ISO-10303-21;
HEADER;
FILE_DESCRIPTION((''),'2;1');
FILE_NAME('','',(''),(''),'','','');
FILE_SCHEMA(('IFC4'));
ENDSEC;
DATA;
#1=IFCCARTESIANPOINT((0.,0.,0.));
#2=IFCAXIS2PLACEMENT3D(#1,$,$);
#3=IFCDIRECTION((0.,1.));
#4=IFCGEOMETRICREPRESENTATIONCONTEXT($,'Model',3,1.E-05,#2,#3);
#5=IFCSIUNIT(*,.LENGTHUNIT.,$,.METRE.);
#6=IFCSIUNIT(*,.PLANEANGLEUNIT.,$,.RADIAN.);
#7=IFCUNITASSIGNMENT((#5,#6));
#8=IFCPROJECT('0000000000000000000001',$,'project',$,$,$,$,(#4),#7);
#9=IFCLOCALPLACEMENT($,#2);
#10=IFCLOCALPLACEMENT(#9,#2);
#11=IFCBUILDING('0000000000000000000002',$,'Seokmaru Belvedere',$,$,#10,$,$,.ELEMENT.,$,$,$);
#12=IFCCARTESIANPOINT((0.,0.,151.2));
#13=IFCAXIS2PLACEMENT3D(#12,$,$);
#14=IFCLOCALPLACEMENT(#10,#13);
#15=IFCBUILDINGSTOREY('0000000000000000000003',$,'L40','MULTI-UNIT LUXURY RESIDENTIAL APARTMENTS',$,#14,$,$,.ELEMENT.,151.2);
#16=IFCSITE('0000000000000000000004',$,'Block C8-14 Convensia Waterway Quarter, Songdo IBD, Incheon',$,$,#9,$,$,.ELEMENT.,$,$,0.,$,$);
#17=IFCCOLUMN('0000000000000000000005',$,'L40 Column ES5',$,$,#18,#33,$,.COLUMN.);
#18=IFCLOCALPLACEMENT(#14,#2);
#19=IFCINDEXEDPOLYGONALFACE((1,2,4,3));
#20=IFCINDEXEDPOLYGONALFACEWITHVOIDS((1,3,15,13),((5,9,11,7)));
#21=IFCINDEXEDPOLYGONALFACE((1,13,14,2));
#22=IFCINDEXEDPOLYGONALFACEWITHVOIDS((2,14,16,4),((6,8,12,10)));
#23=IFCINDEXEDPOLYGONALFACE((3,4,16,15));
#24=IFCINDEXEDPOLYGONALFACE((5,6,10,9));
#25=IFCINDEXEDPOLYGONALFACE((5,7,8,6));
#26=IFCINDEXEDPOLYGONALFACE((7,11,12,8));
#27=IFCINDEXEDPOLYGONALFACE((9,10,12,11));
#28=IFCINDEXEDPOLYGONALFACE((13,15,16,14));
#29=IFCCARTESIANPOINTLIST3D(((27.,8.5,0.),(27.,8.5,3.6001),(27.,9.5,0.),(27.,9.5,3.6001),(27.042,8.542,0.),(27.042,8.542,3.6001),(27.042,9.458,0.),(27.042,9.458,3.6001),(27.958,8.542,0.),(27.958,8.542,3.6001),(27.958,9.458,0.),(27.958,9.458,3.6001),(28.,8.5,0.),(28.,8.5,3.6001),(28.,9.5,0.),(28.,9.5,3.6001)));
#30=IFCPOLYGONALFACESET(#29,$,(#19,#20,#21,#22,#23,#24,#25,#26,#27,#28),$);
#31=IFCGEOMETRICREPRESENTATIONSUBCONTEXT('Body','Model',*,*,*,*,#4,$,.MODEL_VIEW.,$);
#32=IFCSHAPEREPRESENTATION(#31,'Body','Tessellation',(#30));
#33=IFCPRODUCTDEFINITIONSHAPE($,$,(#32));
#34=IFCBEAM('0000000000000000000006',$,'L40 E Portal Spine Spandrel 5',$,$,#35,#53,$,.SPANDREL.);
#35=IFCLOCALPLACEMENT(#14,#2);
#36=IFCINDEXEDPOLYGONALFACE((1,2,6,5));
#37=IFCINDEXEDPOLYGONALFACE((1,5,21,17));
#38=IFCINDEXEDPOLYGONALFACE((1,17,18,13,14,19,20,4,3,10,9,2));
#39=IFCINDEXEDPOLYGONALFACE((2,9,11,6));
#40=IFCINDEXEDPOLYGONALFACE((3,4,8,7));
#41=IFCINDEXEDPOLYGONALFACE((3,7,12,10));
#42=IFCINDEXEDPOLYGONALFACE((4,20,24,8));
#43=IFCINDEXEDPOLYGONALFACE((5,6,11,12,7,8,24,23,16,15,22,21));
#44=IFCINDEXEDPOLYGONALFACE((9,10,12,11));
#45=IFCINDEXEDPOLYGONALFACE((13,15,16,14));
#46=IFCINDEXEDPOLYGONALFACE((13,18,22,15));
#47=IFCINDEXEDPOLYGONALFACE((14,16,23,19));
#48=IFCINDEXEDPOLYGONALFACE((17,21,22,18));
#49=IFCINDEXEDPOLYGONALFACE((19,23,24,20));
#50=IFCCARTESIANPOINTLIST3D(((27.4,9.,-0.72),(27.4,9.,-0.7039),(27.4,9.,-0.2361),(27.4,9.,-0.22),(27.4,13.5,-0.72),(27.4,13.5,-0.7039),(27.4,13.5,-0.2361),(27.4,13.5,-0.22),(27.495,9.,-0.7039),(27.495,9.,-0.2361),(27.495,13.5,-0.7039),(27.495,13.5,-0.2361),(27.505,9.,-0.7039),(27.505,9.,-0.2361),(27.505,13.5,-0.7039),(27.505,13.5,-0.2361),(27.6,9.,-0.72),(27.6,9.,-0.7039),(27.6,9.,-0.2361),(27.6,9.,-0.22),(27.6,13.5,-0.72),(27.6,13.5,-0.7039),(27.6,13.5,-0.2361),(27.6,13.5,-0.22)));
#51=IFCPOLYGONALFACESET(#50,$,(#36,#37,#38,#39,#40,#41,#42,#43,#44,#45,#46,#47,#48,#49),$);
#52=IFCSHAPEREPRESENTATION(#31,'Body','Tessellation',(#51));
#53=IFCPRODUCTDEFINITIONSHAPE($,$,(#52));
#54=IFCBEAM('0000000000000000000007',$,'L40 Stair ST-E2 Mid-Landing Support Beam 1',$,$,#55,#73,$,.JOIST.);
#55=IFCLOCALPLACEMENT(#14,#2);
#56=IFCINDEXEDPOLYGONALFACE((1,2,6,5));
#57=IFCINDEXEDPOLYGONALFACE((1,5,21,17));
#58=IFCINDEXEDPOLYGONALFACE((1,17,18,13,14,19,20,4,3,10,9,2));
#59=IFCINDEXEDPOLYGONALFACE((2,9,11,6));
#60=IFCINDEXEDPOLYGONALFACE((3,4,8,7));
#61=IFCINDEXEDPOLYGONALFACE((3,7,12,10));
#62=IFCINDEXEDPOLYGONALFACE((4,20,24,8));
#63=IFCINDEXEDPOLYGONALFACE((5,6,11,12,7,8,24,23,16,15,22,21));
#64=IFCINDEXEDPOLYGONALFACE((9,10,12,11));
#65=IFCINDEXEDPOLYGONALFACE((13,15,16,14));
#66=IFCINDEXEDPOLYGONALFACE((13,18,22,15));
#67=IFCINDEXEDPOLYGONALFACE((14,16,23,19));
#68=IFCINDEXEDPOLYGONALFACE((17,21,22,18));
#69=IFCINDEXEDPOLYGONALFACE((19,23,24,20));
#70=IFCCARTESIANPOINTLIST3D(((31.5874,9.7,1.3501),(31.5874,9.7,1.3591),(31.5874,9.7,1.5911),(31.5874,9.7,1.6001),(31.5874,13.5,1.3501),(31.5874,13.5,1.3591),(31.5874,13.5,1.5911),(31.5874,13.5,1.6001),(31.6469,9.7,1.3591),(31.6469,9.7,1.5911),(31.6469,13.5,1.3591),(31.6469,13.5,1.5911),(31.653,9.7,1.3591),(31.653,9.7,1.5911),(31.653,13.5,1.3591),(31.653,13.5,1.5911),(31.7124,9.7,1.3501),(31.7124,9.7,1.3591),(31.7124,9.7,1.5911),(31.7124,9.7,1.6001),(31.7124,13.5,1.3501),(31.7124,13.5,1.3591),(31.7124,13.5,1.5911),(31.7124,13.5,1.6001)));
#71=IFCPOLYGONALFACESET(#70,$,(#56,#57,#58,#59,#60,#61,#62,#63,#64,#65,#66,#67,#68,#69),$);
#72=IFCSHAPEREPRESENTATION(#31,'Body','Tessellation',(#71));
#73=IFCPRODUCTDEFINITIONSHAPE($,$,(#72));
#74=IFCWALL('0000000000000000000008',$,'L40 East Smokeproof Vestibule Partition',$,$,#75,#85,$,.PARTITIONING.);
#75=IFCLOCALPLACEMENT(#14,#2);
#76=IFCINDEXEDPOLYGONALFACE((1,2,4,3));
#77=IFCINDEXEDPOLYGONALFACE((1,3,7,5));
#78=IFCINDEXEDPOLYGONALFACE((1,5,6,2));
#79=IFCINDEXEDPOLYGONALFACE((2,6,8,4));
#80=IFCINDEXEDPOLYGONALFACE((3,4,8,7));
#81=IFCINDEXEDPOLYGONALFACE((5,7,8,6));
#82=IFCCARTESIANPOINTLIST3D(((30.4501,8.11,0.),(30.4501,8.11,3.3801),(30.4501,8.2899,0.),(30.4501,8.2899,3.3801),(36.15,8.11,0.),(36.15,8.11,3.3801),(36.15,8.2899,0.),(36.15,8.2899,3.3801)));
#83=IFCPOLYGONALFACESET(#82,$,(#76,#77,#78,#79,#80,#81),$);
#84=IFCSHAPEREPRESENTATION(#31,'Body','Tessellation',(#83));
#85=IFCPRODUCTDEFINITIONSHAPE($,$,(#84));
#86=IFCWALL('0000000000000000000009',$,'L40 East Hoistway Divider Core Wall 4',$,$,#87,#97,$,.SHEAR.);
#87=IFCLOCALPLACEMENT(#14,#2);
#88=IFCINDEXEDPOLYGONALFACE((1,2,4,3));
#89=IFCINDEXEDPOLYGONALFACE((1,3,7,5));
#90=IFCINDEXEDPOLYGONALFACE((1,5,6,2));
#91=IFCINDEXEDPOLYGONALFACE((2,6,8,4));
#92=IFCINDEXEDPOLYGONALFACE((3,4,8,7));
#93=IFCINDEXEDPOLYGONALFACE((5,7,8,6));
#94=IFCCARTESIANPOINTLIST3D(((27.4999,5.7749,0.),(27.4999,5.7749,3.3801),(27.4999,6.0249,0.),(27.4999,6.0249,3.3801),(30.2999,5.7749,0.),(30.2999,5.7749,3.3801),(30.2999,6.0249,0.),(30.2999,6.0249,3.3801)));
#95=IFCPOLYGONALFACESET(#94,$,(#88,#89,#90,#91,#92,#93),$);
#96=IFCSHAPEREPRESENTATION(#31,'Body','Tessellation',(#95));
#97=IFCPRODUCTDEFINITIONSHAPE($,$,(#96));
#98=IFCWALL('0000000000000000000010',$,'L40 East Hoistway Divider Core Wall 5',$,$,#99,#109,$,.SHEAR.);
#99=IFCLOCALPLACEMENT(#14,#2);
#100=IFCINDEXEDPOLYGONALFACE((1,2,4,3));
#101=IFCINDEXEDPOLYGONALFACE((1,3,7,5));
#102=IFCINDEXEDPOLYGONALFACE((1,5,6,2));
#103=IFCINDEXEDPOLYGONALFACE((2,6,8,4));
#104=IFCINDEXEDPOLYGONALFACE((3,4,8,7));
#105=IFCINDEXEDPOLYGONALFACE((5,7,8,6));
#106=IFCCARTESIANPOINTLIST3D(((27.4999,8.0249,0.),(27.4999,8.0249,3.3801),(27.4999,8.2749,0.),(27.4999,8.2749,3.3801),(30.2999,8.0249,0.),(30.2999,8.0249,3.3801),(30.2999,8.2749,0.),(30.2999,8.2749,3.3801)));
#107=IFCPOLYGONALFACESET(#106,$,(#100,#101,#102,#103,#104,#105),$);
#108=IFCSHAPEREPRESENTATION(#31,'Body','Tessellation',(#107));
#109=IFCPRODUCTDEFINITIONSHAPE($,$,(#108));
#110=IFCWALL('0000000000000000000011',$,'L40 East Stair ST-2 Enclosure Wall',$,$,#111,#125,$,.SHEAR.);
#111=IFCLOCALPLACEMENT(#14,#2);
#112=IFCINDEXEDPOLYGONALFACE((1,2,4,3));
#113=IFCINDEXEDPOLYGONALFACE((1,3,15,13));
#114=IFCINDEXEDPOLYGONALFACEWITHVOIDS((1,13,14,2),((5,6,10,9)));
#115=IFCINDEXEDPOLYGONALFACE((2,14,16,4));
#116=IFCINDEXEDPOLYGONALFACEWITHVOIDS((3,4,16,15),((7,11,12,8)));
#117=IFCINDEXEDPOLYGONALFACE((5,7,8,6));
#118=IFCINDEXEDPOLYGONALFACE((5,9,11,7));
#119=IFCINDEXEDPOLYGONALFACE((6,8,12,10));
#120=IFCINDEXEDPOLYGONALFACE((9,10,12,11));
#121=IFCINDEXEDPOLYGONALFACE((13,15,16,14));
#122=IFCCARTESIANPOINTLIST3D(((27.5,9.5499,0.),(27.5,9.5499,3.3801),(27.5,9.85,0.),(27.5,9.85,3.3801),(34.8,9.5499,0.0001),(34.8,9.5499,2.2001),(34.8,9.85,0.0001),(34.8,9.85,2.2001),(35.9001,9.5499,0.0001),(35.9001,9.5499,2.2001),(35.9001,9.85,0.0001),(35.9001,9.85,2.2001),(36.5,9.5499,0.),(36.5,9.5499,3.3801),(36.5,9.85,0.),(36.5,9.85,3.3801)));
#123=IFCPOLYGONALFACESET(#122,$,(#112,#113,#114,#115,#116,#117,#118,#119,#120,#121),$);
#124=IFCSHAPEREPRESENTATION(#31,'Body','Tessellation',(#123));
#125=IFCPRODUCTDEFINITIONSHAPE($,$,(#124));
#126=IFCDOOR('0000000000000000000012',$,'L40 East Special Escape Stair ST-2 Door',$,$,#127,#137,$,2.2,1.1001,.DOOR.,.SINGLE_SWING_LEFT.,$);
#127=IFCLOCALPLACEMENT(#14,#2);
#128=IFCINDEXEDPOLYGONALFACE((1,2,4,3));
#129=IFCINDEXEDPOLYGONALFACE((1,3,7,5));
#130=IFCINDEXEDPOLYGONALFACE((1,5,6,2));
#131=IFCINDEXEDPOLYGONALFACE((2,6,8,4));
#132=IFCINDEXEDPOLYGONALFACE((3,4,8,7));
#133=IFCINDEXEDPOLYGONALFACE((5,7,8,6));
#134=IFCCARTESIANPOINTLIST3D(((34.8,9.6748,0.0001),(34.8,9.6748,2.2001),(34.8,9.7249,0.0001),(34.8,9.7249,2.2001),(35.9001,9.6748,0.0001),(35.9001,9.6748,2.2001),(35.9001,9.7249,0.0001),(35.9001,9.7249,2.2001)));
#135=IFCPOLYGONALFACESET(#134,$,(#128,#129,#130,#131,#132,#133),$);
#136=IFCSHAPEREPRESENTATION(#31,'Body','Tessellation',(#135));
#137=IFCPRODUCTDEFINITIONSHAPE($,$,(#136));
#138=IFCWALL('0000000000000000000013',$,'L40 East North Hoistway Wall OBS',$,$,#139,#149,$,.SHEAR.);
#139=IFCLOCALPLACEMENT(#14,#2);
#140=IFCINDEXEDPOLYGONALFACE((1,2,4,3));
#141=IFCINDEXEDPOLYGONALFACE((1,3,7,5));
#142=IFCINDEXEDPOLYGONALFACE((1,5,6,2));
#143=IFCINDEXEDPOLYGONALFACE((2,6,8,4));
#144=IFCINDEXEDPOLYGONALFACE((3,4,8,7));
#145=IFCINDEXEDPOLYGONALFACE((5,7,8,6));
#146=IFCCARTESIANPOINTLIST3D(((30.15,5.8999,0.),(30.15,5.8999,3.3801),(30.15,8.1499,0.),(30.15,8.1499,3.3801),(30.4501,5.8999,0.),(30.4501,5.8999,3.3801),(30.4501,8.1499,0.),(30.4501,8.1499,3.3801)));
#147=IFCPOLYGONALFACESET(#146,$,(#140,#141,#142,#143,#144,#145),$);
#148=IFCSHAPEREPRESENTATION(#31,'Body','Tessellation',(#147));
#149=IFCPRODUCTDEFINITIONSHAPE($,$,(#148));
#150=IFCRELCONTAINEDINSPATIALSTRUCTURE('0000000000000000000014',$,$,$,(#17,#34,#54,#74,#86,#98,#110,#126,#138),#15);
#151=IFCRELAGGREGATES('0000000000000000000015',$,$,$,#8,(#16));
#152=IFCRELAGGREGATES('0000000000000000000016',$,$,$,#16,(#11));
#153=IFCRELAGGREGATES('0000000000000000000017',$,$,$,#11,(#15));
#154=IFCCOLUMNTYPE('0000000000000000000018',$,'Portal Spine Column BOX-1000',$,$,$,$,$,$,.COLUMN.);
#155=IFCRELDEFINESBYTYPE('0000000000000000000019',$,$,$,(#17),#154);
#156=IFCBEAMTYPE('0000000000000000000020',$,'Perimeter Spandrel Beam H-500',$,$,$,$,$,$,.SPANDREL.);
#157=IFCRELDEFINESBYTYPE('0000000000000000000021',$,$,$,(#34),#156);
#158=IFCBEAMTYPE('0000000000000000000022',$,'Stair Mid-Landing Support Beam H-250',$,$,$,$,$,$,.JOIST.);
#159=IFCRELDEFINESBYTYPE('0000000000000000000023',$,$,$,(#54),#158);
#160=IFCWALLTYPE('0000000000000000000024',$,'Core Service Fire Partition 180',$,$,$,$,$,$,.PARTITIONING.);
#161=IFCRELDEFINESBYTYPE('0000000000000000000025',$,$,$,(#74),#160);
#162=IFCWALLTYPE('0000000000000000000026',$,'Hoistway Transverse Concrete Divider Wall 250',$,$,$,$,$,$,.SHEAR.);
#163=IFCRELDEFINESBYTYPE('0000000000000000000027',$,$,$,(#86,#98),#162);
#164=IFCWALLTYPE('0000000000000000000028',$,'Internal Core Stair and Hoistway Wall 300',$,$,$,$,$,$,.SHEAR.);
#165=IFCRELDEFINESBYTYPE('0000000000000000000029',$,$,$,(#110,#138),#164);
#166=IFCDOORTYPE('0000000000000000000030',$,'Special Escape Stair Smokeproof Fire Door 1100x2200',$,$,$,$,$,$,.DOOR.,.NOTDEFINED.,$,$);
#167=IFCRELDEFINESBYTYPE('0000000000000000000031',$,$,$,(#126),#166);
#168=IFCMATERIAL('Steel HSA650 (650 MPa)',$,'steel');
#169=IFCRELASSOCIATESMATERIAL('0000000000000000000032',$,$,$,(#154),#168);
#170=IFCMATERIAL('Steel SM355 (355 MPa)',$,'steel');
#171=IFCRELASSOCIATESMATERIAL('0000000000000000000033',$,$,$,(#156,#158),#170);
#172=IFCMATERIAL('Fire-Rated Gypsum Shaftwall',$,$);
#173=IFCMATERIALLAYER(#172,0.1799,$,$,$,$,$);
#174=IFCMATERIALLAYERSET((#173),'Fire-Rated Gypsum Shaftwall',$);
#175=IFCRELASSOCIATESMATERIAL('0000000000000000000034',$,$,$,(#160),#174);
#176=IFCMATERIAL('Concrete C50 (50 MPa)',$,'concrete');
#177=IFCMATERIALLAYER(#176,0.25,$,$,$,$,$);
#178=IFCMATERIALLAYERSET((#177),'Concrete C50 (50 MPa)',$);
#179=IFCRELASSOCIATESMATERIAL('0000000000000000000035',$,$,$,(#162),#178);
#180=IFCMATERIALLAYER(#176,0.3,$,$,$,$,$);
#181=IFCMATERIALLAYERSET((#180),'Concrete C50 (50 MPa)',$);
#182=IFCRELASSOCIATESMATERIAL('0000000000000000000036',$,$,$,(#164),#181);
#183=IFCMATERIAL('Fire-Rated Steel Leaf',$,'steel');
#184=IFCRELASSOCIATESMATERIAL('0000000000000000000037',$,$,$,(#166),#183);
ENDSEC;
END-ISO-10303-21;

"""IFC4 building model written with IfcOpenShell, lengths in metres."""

from ifc_helpers import new_model, si_unit, direction, frame, frame_2d, origin, origin_2d, place, context, subcontext, project, spatial, rectangle, hollow_rectangle, i_section, extrude, source, transform, mapped, material, layer, layer_set, material_profile, profile_set, type_object, type_shapes, element, fill, save


model = new_model("IFC4")

# Units and contexts
model_context = context("Model", 3, precision=1e-05, world=origin(), true_north=direction((0.0, 1.0)))
body_context = subcontext(model_context, "Body", "Model", "MODEL_VIEW")
ifc_project = project(units=[si_unit("LENGTHUNIT", "METRE"), si_unit("PLANEANGLEUNIT", "RADIAN")], contexts=[model_context])

# Site, building, storey
site_placement = place(None, origin())
site = spatial("IfcSite", under=ifc_project, at=site_placement, Name="Block C8-14 Convensia Waterway Quarter, Songdo IBD, Incheon", CompositionType="ELEMENT", RefElevation=0.0)
building_placement = place(site_placement, origin())
building = spatial("IfcBuilding", under=site, at=building_placement, Name="Seokmaru Belvedere", CompositionType="ELEMENT")
storey_placement = place(building_placement, frame((0.0, 0.0, 151.2)))
storey = spatial("IfcBuildingStorey", under=building, at=storey_placement, Name="L40", Description="MULTI-UNIT LUXURY RESIDENTIAL APARTMENTS", CompositionType="ELEMENT", Elevation=151.2)

# Column
ifc_material_1 = material(Name="Steel HSA650 (650 MPa)", Category="steel")
ifc_material_profile_1 = material_profile(ifc_material_1, hollow_rectangle(XDim=1.0, YDim=1.0, WallThickness=0.042, at=origin_2d()), Name="BOX-1000x1000x42")
ifc_profile_set_1 = profile_set([ifc_material_profile_1], Name="Steel HSA650 (650 MPa)")
column_type = type_object("IfcColumnType", Name="Portal Spine Column BOX-1000", PredefinedType="COLUMN", material=ifc_profile_set_1)
shared_shape_1 = source(origin(), body_context, "Body", "SweptSolid", [
    extrude(hollow_rectangle(XDim=1.0, YDim=1.0, WallThickness=0.042, at=origin_2d()), origin(), (0.0, 0.0, 1.0), 3.6001),
])
type_shapes(column_type, [shared_shape_1])
column_placement = place(storey_placement, frame((27.5, 9.0, 0.0), z_axis=(0.0, 0.0, 1.0), x_axis=(1.0, 0.0, 0.0)))
element("IfcColumn", 1, at=column_placement, inside=storey, type_object=column_type, Name="L40 Column ES5", PredefinedType="COLUMN", context=body_context, shape_type="MappedRepresentation", body=[
    mapped(shared_shape_1, transform((0.0, 0.0, 0.0), scale=1.0)),
])

# Beams
ifc_material_2 = material(Name="Steel SM355 (355 MPa)", Category="steel")
ifc_material_profile_2 = material_profile(ifc_material_2, i_section(OverallWidth=0.2, OverallDepth=0.5, WebThickness=0.01, FlangeThickness=0.0161, at=origin_2d()), Name="H-500x200x10x16")
ifc_profile_set_2 = profile_set([ifc_material_profile_2], Name="Steel SM355 (355 MPa)")
beam_type_1 = type_object("IfcBeamType", Name="Perimeter Spandrel Beam H-500", PredefinedType="SPANDREL", material=ifc_profile_set_2)
shared_shape_2 = source(origin(), body_context, "Body", "SweptSolid", [
    extrude(i_section(OverallWidth=0.2, OverallDepth=0.5, WebThickness=0.01, FlangeThickness=0.0161, at=origin_2d()), origin(), (0.0, 0.0, 1.0), 4.5),
])
type_shapes(beam_type_1, [shared_shape_2])
beam_1_placement = place(storey_placement, frame((27.5, 9.0, -0.47), z_axis=(0.0, 1.0, 0.0), x_axis=(-1.0, 0.0, 0.0)))
element("IfcBeam", 2, at=beam_1_placement, inside=storey, type_object=beam_type_1, Name="L40 E Portal Spine Spandrel 5", PredefinedType="SPANDREL", context=body_context, shape_type="MappedRepresentation", body=[
    mapped(shared_shape_2, transform((0.0, 0.0, 0.0), scale=1.0)),
])
ifc_material_profile_3 = material_profile(ifc_material_2, i_section(OverallWidth=0.125, OverallDepth=0.25, WebThickness=0.0061, FlangeThickness=0.009, at=origin_2d()), Name="H-250x125x6x9")
ifc_profile_set_3 = profile_set([ifc_material_profile_3], Name="Steel SM355 (355 MPa)")
beam_type_2 = type_object("IfcBeamType", Name="Stair Mid-Landing Support Beam H-250", PredefinedType="JOIST", material=ifc_profile_set_3)
shared_shape_3 = source(origin(), body_context, "Body", "SweptSolid", [
    extrude(i_section(OverallWidth=0.125, OverallDepth=0.25, WebThickness=0.0061, FlangeThickness=0.009, at=origin_2d()), origin(), (0.0, 0.0, 1.0), 3.8),
])
type_shapes(beam_type_2, [shared_shape_3])
beam_2_placement = place(storey_placement, frame((31.6499, 9.7, 1.4751), z_axis=(0.0, 1.0, 0.0), x_axis=(-1.0, 0.0, 0.0)))
element("IfcBeam", 3, at=beam_2_placement, inside=storey, type_object=beam_type_2, Name="L40 Stair ST-E2 Mid-Landing Support Beam 1", PredefinedType="JOIST", context=body_context, shape_type="MappedRepresentation", body=[
    mapped(shared_shape_3, transform((0.0, 0.0, 0.0), scale=1.0)),
])

# Walls
ifc_material_3 = material(Name="Fire-Rated Gypsum Shaftwall")
ifc_layer_1 = layer(ifc_material_3, 0.1799)
ifc_layer_set_1 = layer_set([ifc_layer_1], Name="Fire-Rated Gypsum Shaftwall")
wall_type_1 = type_object("IfcWallType", Name="Core Service Fire Partition 180", PredefinedType="PARTITIONING", material=ifc_layer_set_1)
wall_1_placement = place(storey_placement, frame((30.45, 8.2, 0.0), z_axis=(0.0, 0.0, 1.0), x_axis=(1.0, 0.0, 0.0)))
element("IfcWall", 4, at=wall_1_placement, inside=storey, type_object=wall_type_1, Name="L40 East Smokeproof Vestibule Partition", PredefinedType="PARTITIONING", context=body_context, shape_type="SweptSolid", body=[
    extrude(rectangle(XDim=5.7, YDim=0.1799, at=frame_2d((2.8501, 0.0))), origin(), (0.0, 0.0, 1.0), 3.3801),
])
ifc_material_4 = material(Name="Concrete C50 (50 MPa)", Category="concrete")
ifc_layer_2 = layer(ifc_material_4, 0.25)
ifc_layer_set_2 = layer_set([ifc_layer_2], Name="Concrete C50 (50 MPa)")
wall_type_2 = type_object("IfcWallType", Name="Hoistway Transverse Concrete Divider Wall 250", PredefinedType="SHEAR", material=ifc_layer_set_2)
for number, where, z_axis, x_axis, name in (
    (5, (27.5, 5.8999, 0.0), (0.0, 0.0, 1.0), (1.0, 0.0, 0.0), "L40 East Hoistway Divider Core Wall 4"),
    (6, (27.5, 8.1499, 0.0), (0.0, 0.0, 1.0), (1.0, 0.0, 0.0), "L40 East Hoistway Divider Core Wall 5"),
):
    element("IfcWall", number, at=place(storey_placement, frame(where, z_axis=z_axis, x_axis=x_axis)), inside=storey, type_object=wall_type_2, Name=name, PredefinedType="SHEAR", context=body_context, shape_type="SweptSolid", body=[
        extrude(rectangle(XDim=2.8, YDim=0.25, at=frame_2d((1.3999, 0.0))), origin(), (0.0, 0.0, 1.0), 3.3801),
    ])

# Wall, opening, door
ifc_layer_3 = layer(ifc_material_4, 0.3)
ifc_layer_set_3 = layer_set([ifc_layer_3], Name="Concrete C50 (50 MPa)")
wall_type_3 = type_object("IfcWallType", Name="Internal Core Stair and Hoistway Wall 300", PredefinedType="SHEAR", material=ifc_layer_set_3)
wall_2_placement = place(storey_placement, frame((27.5, 9.7, 0.0), z_axis=(0.0, 0.0, 1.0), x_axis=(1.0, 0.0, 0.0)))
wall_2 = element("IfcWall", 7, at=wall_2_placement, inside=storey, type_object=wall_type_3, Name="L40 East Stair ST-2 Enclosure Wall", PredefinedType="SHEAR", context=body_context, shape_type="SweptSolid", body=[
    extrude(rectangle(XDim=9.0, YDim=0.3, at=frame_2d((4.5, 0.0))), origin(), (0.0, 0.0, 1.0), 3.3801),
])
opening_1_placement = place(wall_2_placement, frame((7.3, 0.0, 0.0)))
opening_1 = element("IfcOpeningElement", 8, at=opening_1_placement, cuts=wall_2, PredefinedType="OPENING", context=body_context, shape_type="SweptSolid", body=[
    extrude(rectangle(XDim=1.1001, YDim=2.2, at=frame_2d((0.55, 1.1001))), frame((0.0, 0.1602, 0.0), z_axis=(0.0, -1.0, 0.0), x_axis=(1.0, 0.0, 0.0)), (0.0, 0.0, 1.0), 0.3201),
])
ifc_material_5 = material(Name="Fire-Rated Steel Leaf", Category="steel")
door_type_1 = type_object("IfcDoorType", Name="Special Escape Stair Smokeproof Fire Door 1100x2200", OperationType="NOTDEFINED", PredefinedType="DOOR", material=ifc_material_5)
shared_shape_4 = source(origin(), body_context, "Body", "SweptSolid", [
    extrude(rectangle(XDim=1.1001, YDim=2.2, at=frame_2d((0.55, 1.1001))), frame((0.0, 0.0249, 0.0), z_axis=(0.0, -1.0, 0.0), x_axis=(1.0, 0.0, 0.0)), (0.0, 0.0, 1.0), 0.05),
])
type_shapes(door_type_1, [shared_shape_4])
door_1_placement = place(opening_1_placement, origin())
door_1 = element("IfcDoor", 9, at=door_1_placement, inside=storey, type_object=door_type_1, Name="L40 East Special Escape Stair ST-2 Door", OperationType="SINGLE_SWING_LEFT", OverallHeight=2.2, OverallWidth=1.1001, PredefinedType="DOOR", context=body_context, shape_type="MappedRepresentation", body=[
    mapped(shared_shape_4, transform((0.0, 0.0, 0.0), scale=1.0)),
])
fill(opening_1, door_1)

# Wall
wall_3_placement = place(storey_placement, frame((30.3, 5.8999, 0.0), z_axis=(0.0, 0.0, 1.0), x_axis=(0.0, 1.0, 0.0)))
element("IfcWall", 10, at=wall_3_placement, inside=storey, type_object=wall_type_3, Name="L40 East North Hoistway Wall OBS", PredefinedType="SHEAR", context=body_context, shape_type="SweptSolid", body=[
    extrude(rectangle(XDim=2.25, YDim=0.3, at=frame_2d((1.125, 0.0))), origin(), (0.0, 0.0, 1.0), 3.3801),
])

save(model, "model.ifc")
